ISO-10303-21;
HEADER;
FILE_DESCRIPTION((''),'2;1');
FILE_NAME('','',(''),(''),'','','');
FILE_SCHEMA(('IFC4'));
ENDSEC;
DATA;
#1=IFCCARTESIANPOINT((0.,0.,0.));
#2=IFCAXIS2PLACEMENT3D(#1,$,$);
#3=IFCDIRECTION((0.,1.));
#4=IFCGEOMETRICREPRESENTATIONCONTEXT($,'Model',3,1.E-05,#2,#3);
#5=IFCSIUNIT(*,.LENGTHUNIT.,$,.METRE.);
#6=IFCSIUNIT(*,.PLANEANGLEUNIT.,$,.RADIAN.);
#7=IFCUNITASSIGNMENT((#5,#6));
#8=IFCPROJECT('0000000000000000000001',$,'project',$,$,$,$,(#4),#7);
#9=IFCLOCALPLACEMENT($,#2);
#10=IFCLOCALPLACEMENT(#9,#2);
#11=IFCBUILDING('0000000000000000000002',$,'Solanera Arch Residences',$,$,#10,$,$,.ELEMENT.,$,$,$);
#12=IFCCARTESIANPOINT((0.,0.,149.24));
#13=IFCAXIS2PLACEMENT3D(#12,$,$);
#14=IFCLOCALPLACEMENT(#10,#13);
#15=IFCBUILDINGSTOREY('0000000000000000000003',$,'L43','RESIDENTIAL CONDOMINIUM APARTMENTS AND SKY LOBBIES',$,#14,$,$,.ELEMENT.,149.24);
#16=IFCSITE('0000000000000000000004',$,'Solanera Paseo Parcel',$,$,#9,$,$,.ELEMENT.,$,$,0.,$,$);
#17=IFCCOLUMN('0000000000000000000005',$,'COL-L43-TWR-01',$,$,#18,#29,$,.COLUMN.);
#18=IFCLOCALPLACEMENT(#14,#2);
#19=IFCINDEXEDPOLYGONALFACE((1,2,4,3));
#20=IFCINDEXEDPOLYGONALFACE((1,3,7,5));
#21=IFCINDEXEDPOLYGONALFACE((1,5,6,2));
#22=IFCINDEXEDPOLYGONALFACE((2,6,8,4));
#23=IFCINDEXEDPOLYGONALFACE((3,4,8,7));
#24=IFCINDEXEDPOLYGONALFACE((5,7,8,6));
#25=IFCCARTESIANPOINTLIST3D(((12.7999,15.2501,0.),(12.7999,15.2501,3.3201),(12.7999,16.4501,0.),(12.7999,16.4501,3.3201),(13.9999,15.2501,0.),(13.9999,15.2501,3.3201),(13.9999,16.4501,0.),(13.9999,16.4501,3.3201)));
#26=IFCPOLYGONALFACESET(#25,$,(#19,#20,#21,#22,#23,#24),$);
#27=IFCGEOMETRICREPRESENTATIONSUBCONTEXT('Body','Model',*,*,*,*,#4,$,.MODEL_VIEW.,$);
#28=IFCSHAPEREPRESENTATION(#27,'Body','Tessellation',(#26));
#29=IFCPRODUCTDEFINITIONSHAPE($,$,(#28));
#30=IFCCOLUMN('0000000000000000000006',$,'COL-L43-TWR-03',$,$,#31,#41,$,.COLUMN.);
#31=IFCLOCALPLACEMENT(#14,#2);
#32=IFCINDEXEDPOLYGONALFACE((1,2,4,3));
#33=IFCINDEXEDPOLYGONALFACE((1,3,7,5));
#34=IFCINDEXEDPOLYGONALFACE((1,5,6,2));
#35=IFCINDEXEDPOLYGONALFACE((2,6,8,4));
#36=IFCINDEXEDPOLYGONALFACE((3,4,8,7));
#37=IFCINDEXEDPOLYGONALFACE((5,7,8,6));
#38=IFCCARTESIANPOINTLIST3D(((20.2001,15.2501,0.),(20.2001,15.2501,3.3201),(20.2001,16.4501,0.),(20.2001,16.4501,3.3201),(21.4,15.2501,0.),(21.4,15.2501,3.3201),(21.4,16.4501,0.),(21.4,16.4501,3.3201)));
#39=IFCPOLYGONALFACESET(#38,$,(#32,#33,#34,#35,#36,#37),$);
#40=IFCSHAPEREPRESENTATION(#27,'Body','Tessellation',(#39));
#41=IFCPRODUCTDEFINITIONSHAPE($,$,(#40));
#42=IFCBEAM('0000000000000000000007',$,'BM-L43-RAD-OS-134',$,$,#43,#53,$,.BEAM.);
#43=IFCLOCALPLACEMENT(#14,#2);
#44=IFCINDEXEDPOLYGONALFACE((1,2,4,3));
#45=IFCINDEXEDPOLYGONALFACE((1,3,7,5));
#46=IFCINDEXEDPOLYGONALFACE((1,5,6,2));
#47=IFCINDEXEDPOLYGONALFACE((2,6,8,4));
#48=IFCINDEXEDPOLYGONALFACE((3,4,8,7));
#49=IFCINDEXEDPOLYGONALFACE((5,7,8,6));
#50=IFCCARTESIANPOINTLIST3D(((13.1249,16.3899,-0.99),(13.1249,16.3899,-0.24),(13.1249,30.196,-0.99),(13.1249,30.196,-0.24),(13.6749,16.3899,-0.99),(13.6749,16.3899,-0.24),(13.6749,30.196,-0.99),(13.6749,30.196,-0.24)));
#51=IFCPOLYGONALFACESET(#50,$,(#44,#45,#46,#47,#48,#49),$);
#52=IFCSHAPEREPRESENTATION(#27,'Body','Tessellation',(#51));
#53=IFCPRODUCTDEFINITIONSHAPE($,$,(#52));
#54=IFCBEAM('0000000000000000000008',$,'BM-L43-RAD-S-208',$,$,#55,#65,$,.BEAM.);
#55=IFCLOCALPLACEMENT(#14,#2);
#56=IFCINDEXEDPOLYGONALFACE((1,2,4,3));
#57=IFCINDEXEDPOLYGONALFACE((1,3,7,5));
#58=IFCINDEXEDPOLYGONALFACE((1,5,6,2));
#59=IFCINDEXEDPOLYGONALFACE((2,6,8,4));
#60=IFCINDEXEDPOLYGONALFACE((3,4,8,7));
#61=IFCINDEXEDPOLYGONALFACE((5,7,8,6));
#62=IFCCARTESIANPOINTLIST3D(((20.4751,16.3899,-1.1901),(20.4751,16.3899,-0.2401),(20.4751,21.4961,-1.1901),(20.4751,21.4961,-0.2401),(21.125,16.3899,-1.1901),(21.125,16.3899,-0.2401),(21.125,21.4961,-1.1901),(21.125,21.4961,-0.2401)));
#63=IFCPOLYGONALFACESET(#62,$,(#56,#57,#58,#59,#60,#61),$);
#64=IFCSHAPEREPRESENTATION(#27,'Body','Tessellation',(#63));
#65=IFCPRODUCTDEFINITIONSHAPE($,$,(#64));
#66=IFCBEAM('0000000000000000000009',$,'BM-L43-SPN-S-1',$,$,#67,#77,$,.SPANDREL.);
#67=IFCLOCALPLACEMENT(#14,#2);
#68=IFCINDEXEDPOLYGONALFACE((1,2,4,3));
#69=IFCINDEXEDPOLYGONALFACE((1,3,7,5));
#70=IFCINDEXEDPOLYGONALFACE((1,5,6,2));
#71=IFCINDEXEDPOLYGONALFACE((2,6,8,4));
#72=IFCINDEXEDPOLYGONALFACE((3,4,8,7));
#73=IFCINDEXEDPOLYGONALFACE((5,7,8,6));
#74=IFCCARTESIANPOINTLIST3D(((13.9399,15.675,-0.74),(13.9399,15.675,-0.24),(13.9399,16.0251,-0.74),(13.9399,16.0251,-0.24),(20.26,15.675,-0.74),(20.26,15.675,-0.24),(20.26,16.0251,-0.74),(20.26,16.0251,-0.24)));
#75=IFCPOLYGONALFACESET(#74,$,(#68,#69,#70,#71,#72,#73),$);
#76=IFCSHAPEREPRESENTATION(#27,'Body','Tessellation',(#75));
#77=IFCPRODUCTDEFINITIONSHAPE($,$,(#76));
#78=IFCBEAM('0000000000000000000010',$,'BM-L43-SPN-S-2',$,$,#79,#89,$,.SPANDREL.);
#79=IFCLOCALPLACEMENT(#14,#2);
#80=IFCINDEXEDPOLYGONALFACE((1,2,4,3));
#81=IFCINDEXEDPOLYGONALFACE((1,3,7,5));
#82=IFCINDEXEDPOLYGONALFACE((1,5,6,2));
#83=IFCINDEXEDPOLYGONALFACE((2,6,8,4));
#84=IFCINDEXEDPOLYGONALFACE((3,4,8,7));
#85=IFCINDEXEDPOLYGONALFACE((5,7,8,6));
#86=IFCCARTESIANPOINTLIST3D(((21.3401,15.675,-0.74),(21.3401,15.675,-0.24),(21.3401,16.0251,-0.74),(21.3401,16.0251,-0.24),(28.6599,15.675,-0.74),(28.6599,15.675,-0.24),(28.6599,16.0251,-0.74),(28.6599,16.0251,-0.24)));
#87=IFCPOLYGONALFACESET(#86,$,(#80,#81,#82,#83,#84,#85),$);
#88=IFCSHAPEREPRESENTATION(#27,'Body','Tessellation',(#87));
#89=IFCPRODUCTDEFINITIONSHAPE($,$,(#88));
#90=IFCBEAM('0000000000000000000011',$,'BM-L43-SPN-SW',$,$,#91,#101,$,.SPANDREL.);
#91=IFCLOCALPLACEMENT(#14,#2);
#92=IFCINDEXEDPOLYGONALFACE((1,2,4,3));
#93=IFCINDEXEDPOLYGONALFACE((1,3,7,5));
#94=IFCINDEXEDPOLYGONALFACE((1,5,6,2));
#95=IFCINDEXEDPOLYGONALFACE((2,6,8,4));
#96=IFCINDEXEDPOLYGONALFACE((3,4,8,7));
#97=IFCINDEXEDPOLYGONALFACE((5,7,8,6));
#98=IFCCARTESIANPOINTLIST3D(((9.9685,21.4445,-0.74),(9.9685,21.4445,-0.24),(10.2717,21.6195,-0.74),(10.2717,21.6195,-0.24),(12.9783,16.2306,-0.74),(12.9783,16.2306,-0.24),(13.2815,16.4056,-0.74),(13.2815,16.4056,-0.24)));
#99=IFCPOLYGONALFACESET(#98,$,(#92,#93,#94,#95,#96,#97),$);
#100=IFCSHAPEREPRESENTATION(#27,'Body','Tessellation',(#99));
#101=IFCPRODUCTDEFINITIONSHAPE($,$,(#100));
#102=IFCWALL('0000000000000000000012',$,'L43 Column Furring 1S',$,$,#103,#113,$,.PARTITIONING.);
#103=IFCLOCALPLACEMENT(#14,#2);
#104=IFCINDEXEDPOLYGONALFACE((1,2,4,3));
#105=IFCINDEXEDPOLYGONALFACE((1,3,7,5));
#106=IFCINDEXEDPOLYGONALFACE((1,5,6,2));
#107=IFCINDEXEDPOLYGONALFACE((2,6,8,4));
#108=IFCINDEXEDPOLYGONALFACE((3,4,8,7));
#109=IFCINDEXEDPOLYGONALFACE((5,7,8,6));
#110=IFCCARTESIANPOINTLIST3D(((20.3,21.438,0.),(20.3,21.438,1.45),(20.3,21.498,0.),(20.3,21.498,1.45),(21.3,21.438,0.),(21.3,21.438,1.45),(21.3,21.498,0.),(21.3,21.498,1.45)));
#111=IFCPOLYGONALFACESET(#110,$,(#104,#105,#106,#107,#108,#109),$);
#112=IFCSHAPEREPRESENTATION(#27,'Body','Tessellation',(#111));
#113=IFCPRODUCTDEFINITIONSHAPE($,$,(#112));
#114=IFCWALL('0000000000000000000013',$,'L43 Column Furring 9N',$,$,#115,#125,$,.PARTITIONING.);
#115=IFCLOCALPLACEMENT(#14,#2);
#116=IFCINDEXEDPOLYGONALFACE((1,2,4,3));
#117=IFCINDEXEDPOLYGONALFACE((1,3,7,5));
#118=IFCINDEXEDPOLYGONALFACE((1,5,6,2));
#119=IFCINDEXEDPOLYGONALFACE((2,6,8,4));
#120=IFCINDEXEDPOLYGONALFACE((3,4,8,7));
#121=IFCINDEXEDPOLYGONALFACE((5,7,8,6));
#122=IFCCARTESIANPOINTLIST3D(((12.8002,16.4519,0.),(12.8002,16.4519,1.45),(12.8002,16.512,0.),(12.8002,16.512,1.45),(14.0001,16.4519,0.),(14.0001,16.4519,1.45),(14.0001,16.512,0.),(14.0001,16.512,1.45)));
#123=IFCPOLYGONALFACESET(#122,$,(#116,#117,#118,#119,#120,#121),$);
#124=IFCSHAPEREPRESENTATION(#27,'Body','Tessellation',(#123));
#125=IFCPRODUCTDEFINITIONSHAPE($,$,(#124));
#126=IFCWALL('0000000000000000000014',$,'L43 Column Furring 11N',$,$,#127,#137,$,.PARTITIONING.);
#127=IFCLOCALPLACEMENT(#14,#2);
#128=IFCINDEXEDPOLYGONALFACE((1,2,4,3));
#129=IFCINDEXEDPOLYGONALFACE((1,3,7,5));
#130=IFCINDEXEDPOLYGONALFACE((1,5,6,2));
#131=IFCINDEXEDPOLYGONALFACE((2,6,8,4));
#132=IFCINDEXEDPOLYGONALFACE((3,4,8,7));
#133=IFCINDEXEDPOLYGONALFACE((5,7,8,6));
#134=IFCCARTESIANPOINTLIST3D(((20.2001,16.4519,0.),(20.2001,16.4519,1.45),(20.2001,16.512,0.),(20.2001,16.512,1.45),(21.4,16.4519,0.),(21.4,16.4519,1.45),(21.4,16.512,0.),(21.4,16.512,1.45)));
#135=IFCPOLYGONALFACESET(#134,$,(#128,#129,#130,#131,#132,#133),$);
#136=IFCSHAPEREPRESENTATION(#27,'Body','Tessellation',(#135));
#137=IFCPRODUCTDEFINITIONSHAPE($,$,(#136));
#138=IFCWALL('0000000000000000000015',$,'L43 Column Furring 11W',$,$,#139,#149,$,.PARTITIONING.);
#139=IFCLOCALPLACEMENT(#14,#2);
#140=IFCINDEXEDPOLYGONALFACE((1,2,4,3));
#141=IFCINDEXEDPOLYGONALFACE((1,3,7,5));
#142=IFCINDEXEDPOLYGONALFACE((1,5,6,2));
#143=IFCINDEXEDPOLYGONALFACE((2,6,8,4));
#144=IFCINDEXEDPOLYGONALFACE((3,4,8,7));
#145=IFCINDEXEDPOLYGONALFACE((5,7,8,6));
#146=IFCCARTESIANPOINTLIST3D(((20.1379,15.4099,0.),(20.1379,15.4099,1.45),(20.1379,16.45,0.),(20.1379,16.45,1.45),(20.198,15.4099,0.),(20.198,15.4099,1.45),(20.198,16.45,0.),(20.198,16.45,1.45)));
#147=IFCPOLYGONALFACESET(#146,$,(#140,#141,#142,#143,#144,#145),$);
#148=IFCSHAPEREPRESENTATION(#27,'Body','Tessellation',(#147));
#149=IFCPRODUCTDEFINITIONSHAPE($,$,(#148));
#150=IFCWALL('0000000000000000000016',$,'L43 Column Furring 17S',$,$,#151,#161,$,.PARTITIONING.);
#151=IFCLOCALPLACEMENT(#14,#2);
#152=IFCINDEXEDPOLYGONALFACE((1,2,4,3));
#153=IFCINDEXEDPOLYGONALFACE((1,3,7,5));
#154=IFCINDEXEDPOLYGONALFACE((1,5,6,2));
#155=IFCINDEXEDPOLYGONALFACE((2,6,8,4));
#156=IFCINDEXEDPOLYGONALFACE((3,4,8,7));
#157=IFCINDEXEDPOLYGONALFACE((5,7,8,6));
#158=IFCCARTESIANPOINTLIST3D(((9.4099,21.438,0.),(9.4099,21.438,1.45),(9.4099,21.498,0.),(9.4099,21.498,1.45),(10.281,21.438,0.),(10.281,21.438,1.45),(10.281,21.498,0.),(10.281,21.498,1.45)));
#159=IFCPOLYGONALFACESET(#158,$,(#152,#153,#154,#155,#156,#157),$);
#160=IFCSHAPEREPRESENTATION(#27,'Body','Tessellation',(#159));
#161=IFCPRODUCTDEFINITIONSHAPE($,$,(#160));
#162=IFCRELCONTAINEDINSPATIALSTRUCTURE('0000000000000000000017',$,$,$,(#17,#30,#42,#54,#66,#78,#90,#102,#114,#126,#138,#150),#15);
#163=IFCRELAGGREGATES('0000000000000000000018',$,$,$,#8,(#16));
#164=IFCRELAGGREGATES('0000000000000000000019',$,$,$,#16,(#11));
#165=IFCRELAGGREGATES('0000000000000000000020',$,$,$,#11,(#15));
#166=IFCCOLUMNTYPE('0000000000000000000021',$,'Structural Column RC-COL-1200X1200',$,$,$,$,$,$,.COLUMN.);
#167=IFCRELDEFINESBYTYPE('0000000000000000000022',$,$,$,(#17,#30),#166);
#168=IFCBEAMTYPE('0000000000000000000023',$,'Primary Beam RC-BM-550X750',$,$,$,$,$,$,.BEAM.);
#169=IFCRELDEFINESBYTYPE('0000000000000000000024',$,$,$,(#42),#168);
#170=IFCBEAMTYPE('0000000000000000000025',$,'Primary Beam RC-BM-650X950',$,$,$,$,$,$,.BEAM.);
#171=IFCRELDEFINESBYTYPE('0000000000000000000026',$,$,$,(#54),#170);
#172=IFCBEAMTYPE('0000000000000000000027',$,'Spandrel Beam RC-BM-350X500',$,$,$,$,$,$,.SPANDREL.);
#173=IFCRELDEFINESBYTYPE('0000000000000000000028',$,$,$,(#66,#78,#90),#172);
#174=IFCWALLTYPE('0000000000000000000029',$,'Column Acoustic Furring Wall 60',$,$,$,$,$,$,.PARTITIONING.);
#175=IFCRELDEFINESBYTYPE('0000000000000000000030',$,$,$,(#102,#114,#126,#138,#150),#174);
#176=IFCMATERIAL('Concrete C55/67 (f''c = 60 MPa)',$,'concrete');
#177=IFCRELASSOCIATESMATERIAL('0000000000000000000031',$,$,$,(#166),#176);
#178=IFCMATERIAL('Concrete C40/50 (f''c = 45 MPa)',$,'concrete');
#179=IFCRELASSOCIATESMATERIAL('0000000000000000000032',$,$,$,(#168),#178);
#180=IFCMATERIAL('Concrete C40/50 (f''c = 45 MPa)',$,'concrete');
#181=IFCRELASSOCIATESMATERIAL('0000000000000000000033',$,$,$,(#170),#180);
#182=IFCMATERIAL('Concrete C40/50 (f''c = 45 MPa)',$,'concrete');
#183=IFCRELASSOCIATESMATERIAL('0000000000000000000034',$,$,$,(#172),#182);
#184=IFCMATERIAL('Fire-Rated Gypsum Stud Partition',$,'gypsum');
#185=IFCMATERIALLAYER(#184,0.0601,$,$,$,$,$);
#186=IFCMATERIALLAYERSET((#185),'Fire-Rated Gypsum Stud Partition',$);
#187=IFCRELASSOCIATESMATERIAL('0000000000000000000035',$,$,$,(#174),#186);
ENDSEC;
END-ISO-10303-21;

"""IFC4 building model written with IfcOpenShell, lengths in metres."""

from ifc_helpers import new_model, si_unit, direction, frame, frame_2d, origin, origin_2d, place, context, subcontext, project, spatial, rectangle, extrude, material, layer, layer_set, material_profile, profile_set, type_object, element, save


model = new_model("IFC4")

# Units and contexts
model_context = context("Model", 3, precision=1e-05, world=origin(), true_north=direction((0.0, 1.0)))
body_context = subcontext(model_context, "Body", "Model", "MODEL_VIEW")
ifc_project = project(units=[si_unit("LENGTHUNIT", "METRE"), si_unit("PLANEANGLEUNIT", "RADIAN")], contexts=[model_context])

# Site, building, storey
site_placement = place(None, origin())
site = spatial("IfcSite", under=ifc_project, at=site_placement, Name="Solanera Paseo Parcel", CompositionType="ELEMENT", RefElevation=0.0)
building_placement = place(site_placement, origin())
building = spatial("IfcBuilding", under=site, at=building_placement, Name="Solanera Arch Residences", CompositionType="ELEMENT")
storey_placement = place(building_placement, frame((0.0, 0.0, 149.24)))
storey = spatial("IfcBuildingStorey", under=building, at=storey_placement, Name="L43", Description="RESIDENTIAL CONDOMINIUM APARTMENTS AND SKY LOBBIES", CompositionType="ELEMENT", Elevation=149.24)

# Columns
ifc_material_1 = material(Name="Concrete C55/67 (f'c = 60 MPa)", Category="concrete")
ifc_material_profile_1 = material_profile(ifc_material_1, rectangle(XDim=1.2, YDim=1.2, at=origin_2d()))
ifc_profile_set_1 = profile_set([ifc_material_profile_1], Name="Concrete C55/67 (f'c = 60 MPa)")
column_type = type_object("IfcColumnType", Name="Structural Column RC-COL-1200X1200", PredefinedType="COLUMN", material=ifc_profile_set_1)
for number, where, z_axis, x_axis, name in (
    (1, (13.3999, 15.8501, 0.0), (0.0, 0.0, 1.0), (1.0, 0.0, 0.0), "COL-L43-TWR-01"),
    (2, (20.8, 15.8501, 0.0), (0.0, 0.0, 1.0), (1.0, 0.0, 0.0), "COL-L43-TWR-03"),
):
    element("IfcColumn", number, at=place(storey_placement, frame(where, z_axis=z_axis, x_axis=x_axis)), inside=storey, type_object=column_type, Name=name, PredefinedType="COLUMN", context=body_context, shape_type="SweptSolid", body=[
        extrude(rectangle(XDim=1.2, YDim=1.2, at=origin_2d()), origin(), (0.0, 0.0, 1.0), 3.3201),
    ])

# Beams
ifc_material_2 = material(Name="Concrete C40/50 (f'c = 45 MPa)", Category="concrete")
ifc_material_profile_2 = material_profile(ifc_material_2, rectangle(XDim=0.55, YDim=0.75, at=origin_2d()))
ifc_profile_set_2 = profile_set([ifc_material_profile_2], Name="Concrete C40/50 (f'c = 45 MPa)")
beam_type_1 = type_object("IfcBeamType", Name="Primary Beam RC-BM-550X750", PredefinedType="BEAM", material=ifc_profile_set_2)
beam_1_placement = place(storey_placement, frame((13.3999, 16.3899, -0.615), z_axis=(0.0, 1.0, 0.0), x_axis=(-1.0, 0.0, 0.0)))
element("IfcBeam", 3, at=beam_1_placement, inside=storey, type_object=beam_type_1, Name="BM-L43-RAD-OS-134", PredefinedType="BEAM", context=body_context, shape_type="SweptSolid", body=[
    extrude(rectangle(XDim=0.55, YDim=0.75, at=origin_2d()), origin(), (0.0, 0.0, 1.0), 13.8062),
])
ifc_material_3 = material(Name="Concrete C40/50 (f'c = 45 MPa)", Category="concrete")
ifc_material_profile_3 = material_profile(ifc_material_3, rectangle(XDim=0.6499, YDim=0.95, at=origin_2d()))
ifc_profile_set_3 = profile_set([ifc_material_profile_3], Name="Concrete C40/50 (f'c = 45 MPa)")
beam_type_2 = type_object("IfcBeamType", Name="Primary Beam RC-BM-650X950", PredefinedType="BEAM", material=ifc_profile_set_3)
beam_2_placement = place(storey_placement, frame((20.8, 16.3899, -0.7151), z_axis=(0.0, 1.0, 0.0), x_axis=(-1.0, 0.0, 0.0)))
element("IfcBeam", 4, at=beam_2_placement, inside=storey, type_object=beam_type_2, Name="BM-L43-RAD-S-208", PredefinedType="BEAM", context=body_context, shape_type="SweptSolid", body=[
    extrude(rectangle(XDim=0.6499, YDim=0.95, at=origin_2d()), origin(), (0.0, 0.0, 1.0), 5.1062),
])
ifc_material_4 = material(Name="Concrete C40/50 (f'c = 45 MPa)", Category="concrete")
ifc_material_profile_4 = material_profile(ifc_material_4, rectangle(XDim=0.3501, YDim=0.5, at=origin_2d()))
ifc_profile_set_4 = profile_set([ifc_material_profile_4], Name="Concrete C40/50 (f'c = 45 MPa)")
beam_type_3 = type_object("IfcBeamType", Name="Spandrel Beam RC-BM-350X500", PredefinedType="SPANDREL", material=ifc_profile_set_4)
beam_3_placement = place(storey_placement, frame((13.9399, 15.8501, -0.49), z_axis=(1.0, 0.0, 0.0), x_axis=(0.0, 1.0, 0.0)))
element("IfcBeam", 5, at=beam_3_placement, inside=storey, type_object=beam_type_3, Name="BM-L43-SPN-S-1", PredefinedType="SPANDREL", context=body_context, shape_type="SweptSolid", body=[
    extrude(rectangle(XDim=0.3501, YDim=0.5, at=origin_2d()), origin(), (0.0, 0.0, 1.0), 6.3201),
])
beam_4_placement = place(storey_placement, frame((21.3401, 15.8501, -0.49), z_axis=(1.0, 0.0, 0.0), x_axis=(0.0, 1.0, 0.0)))
element("IfcBeam", 6, at=beam_4_placement, inside=storey, type_object=beam_type_3, Name="BM-L43-SPN-S-2", PredefinedType="SPANDREL", context=body_context, shape_type="SweptSolid", body=[
    extrude(rectangle(XDim=0.3501, YDim=0.5, at=origin_2d()), origin(), (0.0, 0.0, 1.0), 7.3198),
])
beam_5_placement = place(storey_placement, frame((13.1299, 16.3181, -0.49), z_axis=(-0.499942, 0.866059, 0.0), x_axis=(-0.866059, -0.499942, 0.0)))
element("IfcBeam", 7, at=beam_5_placement, inside=storey, type_object=beam_type_3, Name="BM-L43-SPN-SW", PredefinedType="SPANDREL", context=body_context, shape_type="SweptSolid", body=[
    extrude(rectangle(XDim=0.3501, YDim=0.5, at=origin_2d()), origin(), (0.0, 0.0, 1.0), 6.0203),
])

# Walls
ifc_material_5 = material(Name="Fire-Rated Gypsum Stud Partition", Category="gypsum")
ifc_layer_1 = layer(ifc_material_5, 0.0601)
ifc_layer_set_1 = layer_set([ifc_layer_1], Name="Fire-Rated Gypsum Stud Partition")
wall_type_1 = type_object("IfcWallType", Name="Column Acoustic Furring Wall 60", PredefinedType="PARTITIONING", material=ifc_layer_set_1)
wall_1_placement = place(storey_placement, frame((20.3, 21.468, 0.0), z_axis=(0.0, 0.0, 1.0), x_axis=(1.0, 0.0, 0.0)))
element("IfcWall", 8, at=wall_1_placement, inside=storey, type_object=wall_type_1, Name="L43 Column Furring 1S", PredefinedType="PARTITIONING", context=body_context, shape_type="SweptSolid", body=[
    extrude(rectangle(XDim=1.0, YDim=0.0601, at=frame_2d((0.5, 0.0))), origin(), (0.0, 0.0, 1.0), 1.45),
])
for number, where, z_axis, x_axis, name in (
    (9, (12.8, 16.4819, 0.0), (0.0, 0.0, 1.0), (1.0, 0.0, 0.0), "L43 Column Furring 9N"),
    (10, (20.2, 16.4819, 0.0), (0.0, 0.0, 1.0), (1.0, 0.0, 0.0), "L43 Column Furring 11N"),
):
    element("IfcWall", number, at=place(storey_placement, frame(where, z_axis=z_axis, x_axis=x_axis)), inside=storey, type_object=wall_type_1, Name=name, PredefinedType="PARTITIONING", context=body_context, shape_type="SweptSolid", body=[
        extrude(rectangle(XDim=1.2, YDim=0.0601, at=frame_2d((0.6001, 0.0))), origin(), (0.0, 0.0, 1.0), 1.45),
    ])
wall_2_placement = place(storey_placement, frame((20.168, 15.4099, 0.0), z_axis=(0.0, 0.0, 1.0), x_axis=(0.0, 1.0, 0.0)))
element("IfcWall", 11, at=wall_2_placement, inside=storey, type_object=wall_type_1, Name="L43 Column Furring 11W", PredefinedType="PARTITIONING", context=body_context, shape_type="SweptSolid", body=[
    extrude(rectangle(XDim=1.04, YDim=0.0601, at=frame_2d((0.52, 0.0))), origin(), (0.0, 0.0, 1.0), 1.45),
])
wall_3_placement = place(storey_placement, frame((9.4099, 21.468, 0.0), z_axis=(0.0, 0.0, 1.0), x_axis=(1.0, 0.0, 0.0)))
element("IfcWall", 12, at=wall_3_placement, inside=storey, type_object=wall_type_1, Name="L43 Column Furring 17S", PredefinedType="PARTITIONING", context=body_context, shape_type="SweptSolid", body=[
    extrude(rectangle(XDim=0.8711, YDim=0.0601, at=frame_2d((0.4355, 0.0))), origin(), (0.0, 0.0, 1.0), 1.45),
])

save(model, "model.ifc")
